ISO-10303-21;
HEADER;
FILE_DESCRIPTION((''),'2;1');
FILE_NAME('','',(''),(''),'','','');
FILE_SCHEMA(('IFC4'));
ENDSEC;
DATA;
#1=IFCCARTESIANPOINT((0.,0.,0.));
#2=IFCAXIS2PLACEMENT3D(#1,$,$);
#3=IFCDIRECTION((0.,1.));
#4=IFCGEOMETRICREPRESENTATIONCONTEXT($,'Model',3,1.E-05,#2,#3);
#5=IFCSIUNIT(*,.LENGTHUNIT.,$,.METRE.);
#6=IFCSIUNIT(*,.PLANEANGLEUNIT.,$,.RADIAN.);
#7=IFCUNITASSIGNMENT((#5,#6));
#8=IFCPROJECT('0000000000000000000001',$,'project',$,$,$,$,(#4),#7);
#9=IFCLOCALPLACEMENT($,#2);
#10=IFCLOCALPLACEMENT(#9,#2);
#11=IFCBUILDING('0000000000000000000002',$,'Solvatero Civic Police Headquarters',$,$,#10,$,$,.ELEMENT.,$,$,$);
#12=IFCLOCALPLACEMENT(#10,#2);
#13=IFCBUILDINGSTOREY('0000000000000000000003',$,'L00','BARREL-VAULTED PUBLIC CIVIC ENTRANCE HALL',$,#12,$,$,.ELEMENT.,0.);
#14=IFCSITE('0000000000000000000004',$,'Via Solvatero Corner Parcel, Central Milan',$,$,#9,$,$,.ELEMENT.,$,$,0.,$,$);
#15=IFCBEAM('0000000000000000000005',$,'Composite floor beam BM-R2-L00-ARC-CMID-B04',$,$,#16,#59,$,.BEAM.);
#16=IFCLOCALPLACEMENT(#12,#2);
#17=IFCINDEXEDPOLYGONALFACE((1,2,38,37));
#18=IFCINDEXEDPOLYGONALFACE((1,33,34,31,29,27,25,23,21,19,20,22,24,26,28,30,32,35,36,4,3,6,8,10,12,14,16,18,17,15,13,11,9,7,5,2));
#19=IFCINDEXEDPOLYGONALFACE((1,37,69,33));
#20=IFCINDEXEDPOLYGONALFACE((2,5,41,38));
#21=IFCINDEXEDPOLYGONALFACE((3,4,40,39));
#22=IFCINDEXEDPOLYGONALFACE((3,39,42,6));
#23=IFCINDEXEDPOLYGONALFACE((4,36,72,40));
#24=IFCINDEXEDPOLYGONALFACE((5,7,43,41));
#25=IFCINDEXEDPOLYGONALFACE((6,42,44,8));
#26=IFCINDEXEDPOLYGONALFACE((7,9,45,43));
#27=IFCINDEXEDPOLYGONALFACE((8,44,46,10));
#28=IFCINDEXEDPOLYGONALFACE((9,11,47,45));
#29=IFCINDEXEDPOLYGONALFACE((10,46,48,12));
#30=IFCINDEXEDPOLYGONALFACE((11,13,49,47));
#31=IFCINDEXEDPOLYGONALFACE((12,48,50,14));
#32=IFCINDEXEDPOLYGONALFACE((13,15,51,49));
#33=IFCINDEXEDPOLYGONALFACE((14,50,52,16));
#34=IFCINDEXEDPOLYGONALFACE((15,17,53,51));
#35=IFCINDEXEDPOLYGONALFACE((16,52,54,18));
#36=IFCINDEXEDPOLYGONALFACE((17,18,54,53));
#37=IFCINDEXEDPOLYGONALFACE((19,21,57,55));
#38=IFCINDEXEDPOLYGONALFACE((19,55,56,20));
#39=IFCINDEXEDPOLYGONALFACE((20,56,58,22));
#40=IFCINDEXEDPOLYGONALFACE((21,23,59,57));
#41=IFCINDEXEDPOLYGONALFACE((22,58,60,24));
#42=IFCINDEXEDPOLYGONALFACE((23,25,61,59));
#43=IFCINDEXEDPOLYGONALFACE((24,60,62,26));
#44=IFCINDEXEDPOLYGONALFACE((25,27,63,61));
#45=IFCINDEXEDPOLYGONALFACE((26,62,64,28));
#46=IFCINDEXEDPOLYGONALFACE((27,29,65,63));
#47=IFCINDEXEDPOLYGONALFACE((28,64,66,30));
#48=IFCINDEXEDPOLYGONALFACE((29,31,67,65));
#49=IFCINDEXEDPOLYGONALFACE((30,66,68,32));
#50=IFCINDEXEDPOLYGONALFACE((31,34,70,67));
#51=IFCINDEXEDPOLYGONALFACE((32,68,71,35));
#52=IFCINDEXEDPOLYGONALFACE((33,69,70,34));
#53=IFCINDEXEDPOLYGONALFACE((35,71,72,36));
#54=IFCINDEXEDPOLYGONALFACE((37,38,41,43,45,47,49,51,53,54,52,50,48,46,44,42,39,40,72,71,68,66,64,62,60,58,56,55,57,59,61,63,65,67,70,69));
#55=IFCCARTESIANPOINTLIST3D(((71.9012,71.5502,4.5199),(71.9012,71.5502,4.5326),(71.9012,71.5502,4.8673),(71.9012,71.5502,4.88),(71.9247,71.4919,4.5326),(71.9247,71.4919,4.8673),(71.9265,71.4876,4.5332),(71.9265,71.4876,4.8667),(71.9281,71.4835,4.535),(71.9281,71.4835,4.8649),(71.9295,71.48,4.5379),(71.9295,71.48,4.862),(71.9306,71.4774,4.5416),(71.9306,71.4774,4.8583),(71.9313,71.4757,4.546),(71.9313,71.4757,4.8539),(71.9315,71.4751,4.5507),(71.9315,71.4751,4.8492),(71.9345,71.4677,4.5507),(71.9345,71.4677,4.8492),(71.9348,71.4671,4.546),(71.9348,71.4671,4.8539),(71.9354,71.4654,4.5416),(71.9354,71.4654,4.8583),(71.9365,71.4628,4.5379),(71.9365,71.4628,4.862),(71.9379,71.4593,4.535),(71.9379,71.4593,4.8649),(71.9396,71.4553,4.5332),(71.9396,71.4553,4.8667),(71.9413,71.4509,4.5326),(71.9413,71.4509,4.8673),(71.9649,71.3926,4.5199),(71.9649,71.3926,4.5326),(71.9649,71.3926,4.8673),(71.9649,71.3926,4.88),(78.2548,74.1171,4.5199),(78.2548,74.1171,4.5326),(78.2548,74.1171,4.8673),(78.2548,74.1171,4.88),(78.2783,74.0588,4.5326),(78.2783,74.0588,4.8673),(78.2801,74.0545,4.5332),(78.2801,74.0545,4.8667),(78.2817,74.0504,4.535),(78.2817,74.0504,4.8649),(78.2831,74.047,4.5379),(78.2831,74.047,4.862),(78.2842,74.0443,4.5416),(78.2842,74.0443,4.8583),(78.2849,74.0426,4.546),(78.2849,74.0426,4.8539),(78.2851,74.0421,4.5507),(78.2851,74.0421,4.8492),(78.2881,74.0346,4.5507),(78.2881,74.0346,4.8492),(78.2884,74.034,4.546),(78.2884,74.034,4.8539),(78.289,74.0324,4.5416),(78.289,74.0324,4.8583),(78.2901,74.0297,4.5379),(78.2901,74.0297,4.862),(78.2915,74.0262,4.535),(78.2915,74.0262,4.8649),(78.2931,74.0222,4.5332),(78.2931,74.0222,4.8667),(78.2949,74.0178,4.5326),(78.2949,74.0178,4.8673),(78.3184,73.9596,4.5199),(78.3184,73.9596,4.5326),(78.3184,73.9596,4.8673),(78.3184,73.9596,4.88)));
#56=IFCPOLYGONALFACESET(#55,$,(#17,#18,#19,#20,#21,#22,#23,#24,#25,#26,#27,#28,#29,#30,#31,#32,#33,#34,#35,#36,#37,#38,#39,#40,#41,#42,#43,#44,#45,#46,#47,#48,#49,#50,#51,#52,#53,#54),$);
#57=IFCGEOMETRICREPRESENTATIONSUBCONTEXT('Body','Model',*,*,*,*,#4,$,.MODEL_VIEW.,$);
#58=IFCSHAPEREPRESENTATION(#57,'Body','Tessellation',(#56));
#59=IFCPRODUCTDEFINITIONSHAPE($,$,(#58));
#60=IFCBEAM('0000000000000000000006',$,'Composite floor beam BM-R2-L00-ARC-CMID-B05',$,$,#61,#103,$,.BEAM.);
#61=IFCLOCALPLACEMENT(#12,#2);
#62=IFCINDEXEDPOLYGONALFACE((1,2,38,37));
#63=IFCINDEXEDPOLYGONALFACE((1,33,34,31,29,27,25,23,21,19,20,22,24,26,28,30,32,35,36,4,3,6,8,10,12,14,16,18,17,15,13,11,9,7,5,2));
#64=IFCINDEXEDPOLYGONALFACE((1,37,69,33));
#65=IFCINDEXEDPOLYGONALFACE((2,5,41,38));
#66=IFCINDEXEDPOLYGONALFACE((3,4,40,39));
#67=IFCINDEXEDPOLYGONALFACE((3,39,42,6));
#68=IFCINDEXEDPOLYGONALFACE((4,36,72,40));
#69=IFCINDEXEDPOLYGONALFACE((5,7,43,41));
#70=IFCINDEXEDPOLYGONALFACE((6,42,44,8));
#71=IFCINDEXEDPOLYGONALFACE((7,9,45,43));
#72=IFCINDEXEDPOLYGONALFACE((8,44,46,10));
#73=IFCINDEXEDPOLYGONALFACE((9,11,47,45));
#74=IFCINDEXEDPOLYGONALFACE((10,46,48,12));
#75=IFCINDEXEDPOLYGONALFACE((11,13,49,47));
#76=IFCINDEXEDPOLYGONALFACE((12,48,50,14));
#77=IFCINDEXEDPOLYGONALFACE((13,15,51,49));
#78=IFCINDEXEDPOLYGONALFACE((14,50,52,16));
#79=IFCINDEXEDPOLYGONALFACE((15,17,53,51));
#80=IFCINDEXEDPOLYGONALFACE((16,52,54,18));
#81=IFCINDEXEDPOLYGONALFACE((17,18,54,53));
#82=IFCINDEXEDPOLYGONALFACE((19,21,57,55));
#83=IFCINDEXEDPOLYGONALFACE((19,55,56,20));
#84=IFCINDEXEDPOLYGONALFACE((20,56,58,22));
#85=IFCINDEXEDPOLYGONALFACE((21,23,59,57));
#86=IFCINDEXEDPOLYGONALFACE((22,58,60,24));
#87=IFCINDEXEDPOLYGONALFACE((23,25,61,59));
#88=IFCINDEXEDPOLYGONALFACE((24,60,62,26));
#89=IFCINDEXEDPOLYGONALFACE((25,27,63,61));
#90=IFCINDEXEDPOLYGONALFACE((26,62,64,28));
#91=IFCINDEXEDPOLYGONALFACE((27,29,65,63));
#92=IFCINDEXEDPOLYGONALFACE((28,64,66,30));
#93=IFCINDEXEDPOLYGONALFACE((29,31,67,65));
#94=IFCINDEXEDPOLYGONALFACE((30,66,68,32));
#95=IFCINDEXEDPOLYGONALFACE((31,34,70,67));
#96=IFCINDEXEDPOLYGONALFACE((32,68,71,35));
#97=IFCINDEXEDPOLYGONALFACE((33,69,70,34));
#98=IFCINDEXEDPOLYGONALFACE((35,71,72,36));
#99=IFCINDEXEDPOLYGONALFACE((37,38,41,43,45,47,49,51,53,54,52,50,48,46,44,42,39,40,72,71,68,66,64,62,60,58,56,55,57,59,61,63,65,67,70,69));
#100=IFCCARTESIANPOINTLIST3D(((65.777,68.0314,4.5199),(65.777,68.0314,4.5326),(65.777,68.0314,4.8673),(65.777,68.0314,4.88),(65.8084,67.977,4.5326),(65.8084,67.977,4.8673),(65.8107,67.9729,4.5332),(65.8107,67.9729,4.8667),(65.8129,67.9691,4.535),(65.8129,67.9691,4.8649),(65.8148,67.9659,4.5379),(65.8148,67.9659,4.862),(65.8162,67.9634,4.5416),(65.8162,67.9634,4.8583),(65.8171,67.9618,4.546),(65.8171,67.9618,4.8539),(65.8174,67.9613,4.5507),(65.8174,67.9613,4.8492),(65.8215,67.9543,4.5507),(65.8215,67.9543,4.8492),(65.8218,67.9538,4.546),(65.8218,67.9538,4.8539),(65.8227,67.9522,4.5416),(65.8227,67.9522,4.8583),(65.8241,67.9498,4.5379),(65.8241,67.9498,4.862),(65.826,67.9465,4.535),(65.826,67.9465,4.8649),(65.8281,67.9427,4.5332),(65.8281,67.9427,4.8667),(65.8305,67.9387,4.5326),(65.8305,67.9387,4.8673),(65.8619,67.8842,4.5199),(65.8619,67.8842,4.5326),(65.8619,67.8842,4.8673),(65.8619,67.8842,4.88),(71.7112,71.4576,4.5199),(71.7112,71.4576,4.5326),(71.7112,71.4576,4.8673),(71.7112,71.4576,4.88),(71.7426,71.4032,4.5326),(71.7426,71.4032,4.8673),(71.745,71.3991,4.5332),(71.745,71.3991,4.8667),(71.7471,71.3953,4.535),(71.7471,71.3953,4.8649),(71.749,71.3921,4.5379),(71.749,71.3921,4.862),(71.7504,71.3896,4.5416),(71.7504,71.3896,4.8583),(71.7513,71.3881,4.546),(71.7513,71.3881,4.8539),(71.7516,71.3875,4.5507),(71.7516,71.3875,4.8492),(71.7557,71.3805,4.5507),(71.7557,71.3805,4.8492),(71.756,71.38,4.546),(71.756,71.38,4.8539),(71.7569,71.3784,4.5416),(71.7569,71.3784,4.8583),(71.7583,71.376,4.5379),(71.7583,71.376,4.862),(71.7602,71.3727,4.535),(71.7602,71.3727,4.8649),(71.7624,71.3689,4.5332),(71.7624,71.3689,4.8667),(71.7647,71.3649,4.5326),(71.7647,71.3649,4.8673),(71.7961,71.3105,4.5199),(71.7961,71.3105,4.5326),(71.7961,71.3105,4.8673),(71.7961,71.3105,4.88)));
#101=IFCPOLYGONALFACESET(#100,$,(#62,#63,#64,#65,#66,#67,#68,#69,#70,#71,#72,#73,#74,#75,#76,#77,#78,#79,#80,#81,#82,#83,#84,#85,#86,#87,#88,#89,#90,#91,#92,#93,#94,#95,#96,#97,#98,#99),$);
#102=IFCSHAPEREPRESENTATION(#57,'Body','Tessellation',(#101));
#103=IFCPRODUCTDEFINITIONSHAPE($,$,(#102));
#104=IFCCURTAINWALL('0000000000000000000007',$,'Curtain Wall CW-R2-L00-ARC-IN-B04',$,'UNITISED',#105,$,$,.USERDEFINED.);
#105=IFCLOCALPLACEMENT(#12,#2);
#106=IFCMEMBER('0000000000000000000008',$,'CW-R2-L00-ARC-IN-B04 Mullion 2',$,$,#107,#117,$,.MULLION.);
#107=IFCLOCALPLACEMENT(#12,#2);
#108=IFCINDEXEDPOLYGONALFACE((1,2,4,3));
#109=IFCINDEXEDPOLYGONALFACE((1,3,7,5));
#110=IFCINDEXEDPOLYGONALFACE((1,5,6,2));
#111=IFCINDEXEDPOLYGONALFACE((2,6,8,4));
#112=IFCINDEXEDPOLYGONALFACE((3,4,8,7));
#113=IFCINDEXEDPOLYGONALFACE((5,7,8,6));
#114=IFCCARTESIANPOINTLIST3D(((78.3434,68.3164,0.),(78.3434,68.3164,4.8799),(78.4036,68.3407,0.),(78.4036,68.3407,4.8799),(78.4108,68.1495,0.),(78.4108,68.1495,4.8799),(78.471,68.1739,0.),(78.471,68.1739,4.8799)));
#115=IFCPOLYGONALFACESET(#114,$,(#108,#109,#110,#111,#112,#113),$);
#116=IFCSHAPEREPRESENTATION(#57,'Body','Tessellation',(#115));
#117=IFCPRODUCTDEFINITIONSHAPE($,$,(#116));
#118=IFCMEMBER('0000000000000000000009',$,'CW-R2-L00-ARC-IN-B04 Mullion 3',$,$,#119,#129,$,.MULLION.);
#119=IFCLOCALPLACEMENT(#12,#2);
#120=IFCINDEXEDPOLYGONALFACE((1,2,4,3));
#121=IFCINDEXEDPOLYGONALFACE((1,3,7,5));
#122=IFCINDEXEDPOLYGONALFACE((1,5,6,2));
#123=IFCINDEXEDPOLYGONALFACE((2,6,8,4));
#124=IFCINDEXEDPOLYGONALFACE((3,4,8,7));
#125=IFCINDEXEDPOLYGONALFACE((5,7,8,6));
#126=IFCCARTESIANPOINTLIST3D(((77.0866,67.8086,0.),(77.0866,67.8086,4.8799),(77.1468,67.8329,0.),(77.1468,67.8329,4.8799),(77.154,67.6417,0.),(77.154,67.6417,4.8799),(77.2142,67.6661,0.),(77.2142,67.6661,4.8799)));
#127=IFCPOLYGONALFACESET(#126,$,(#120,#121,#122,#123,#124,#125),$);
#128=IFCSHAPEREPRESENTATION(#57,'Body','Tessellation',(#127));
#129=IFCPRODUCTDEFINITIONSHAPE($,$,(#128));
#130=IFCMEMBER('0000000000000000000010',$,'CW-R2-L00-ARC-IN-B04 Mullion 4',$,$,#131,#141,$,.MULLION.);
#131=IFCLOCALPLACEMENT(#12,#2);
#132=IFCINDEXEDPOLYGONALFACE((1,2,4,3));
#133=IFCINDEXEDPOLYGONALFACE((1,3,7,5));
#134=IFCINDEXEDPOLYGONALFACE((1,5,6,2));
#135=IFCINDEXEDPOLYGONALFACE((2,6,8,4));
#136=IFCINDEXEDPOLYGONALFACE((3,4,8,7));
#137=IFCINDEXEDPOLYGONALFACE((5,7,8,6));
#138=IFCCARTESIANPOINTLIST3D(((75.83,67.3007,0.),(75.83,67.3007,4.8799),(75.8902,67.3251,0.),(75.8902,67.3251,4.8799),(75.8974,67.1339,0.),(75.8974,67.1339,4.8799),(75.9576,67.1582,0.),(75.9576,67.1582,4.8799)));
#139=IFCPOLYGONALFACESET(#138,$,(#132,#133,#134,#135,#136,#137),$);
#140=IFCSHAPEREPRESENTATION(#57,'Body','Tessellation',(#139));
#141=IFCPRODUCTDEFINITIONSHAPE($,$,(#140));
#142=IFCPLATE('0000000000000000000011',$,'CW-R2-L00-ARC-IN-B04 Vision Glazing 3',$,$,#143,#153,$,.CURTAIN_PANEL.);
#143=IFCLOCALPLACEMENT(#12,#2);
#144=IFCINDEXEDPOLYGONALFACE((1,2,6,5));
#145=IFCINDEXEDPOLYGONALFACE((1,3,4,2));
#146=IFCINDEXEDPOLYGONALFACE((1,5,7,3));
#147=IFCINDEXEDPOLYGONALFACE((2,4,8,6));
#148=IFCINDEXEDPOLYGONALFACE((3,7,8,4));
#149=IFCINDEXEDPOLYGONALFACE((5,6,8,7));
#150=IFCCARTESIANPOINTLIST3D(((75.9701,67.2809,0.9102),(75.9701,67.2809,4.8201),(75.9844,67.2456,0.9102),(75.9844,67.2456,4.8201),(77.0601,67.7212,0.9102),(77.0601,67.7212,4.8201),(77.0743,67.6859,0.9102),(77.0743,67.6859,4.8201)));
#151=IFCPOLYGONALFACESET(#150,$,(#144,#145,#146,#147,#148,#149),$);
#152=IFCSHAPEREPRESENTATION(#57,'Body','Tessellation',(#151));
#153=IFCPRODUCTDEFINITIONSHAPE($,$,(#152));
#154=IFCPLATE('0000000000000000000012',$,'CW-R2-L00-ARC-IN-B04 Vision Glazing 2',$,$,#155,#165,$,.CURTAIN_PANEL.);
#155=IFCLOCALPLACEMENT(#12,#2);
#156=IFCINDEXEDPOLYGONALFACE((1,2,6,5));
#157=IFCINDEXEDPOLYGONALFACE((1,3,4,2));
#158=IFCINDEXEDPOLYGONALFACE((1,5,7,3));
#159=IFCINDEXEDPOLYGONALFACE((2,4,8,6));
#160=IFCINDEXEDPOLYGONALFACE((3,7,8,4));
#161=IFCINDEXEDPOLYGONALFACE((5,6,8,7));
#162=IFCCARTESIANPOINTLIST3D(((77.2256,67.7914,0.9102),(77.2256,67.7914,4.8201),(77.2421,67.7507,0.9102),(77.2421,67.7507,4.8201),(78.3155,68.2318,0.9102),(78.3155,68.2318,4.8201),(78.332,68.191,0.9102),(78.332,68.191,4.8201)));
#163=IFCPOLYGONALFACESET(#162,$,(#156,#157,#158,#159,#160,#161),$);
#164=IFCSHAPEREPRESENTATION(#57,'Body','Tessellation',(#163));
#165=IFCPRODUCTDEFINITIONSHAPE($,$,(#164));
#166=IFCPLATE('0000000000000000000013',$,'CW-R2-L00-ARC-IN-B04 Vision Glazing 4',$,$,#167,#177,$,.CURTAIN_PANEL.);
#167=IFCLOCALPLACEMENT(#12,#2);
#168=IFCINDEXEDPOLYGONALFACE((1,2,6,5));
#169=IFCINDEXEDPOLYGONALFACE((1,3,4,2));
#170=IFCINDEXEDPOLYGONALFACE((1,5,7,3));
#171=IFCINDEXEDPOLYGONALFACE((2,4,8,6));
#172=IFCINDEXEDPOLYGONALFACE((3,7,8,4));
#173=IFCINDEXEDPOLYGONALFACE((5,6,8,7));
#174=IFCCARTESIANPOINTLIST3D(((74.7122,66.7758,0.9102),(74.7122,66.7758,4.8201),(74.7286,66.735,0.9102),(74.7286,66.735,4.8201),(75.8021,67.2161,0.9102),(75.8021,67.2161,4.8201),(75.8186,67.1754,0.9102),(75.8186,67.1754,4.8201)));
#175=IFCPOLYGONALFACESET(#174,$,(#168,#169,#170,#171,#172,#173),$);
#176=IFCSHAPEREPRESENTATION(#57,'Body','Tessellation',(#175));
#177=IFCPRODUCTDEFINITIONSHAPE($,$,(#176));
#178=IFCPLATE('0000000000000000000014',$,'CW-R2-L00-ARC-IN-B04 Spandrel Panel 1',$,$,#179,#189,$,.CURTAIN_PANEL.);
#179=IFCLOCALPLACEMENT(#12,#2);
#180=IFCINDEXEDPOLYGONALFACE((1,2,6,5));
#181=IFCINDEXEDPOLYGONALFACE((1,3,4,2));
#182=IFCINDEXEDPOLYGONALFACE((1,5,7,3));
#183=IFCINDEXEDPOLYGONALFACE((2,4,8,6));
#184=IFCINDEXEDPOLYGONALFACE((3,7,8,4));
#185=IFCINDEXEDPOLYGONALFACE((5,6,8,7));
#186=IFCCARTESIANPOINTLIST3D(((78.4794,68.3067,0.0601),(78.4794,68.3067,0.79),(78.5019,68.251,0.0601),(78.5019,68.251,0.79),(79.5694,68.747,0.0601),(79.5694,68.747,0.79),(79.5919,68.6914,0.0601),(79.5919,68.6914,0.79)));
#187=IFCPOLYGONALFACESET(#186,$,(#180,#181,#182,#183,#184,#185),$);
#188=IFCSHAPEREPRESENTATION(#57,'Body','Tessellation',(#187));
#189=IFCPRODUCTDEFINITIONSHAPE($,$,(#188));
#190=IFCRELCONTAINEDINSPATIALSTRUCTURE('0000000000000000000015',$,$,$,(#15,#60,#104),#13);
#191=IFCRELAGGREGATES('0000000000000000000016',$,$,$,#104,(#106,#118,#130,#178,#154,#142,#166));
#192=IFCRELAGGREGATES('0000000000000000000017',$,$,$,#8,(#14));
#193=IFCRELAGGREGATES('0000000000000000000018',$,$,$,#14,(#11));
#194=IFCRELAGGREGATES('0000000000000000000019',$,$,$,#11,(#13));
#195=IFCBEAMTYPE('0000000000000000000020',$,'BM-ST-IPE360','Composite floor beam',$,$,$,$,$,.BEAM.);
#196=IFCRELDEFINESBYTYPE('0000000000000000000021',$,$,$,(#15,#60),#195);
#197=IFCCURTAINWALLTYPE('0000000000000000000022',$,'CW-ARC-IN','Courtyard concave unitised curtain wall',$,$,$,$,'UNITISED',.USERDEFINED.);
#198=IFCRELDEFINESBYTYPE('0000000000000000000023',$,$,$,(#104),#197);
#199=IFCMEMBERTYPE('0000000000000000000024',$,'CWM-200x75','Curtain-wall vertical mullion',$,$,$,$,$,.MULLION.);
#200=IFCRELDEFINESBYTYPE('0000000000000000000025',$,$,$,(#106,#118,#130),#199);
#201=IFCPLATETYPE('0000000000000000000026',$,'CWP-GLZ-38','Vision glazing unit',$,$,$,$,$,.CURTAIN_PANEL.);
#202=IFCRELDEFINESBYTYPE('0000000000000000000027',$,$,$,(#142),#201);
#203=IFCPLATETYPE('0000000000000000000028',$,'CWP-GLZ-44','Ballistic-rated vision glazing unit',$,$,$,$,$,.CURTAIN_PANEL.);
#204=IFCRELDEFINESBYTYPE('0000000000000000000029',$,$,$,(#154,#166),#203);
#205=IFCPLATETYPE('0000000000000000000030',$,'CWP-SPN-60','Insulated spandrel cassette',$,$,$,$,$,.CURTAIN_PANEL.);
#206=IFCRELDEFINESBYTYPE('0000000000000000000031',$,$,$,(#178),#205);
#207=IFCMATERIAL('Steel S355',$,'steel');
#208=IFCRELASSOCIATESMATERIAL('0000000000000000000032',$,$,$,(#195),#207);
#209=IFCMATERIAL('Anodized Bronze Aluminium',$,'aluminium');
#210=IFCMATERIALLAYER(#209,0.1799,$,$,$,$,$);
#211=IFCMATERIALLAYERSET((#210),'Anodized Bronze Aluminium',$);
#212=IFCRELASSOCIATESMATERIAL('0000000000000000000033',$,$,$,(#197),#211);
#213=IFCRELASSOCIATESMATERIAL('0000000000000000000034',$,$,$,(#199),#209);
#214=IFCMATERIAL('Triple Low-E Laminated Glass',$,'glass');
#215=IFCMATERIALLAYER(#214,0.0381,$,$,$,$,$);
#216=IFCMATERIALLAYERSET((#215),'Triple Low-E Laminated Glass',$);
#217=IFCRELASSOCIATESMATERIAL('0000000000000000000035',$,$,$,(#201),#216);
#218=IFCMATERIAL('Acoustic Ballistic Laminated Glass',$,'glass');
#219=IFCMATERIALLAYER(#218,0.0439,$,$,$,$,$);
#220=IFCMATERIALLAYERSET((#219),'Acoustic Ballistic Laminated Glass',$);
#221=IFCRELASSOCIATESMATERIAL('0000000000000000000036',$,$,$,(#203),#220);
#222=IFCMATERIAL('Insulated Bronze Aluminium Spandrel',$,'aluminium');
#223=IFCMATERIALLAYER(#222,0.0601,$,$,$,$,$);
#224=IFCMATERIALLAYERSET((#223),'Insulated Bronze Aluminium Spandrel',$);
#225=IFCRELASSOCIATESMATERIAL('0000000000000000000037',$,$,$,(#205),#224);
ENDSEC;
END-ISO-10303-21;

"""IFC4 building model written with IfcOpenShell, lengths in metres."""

from ifc_helpers import new_model, si_unit, direction, frame, origin, origin_2d, place, context, subcontext, project, spatial, rectangle, i_section, extrude, material, layer, layer_set, material_profile, profile_set, type_object, element, aggregate, save


model = new_model("IFC4")

# Units and contexts
model_context = context("Model", 3, precision=1e-05, world=origin(), true_north=direction((0.0, 1.0)))
body_context = subcontext(model_context, "Body", "Model", "MODEL_VIEW")
ifc_project = project(units=[si_unit("LENGTHUNIT", "METRE"), si_unit("PLANEANGLEUNIT", "RADIAN")], contexts=[model_context])

# Site, building, storey
site_placement = place(None, origin())
site = spatial("IfcSite", under=ifc_project, at=site_placement, Name="Via Solvatero Corner Parcel, Central Milan", CompositionType="ELEMENT", RefElevation=0.0)
building_placement = place(site_placement, origin())
building = spatial("IfcBuilding", under=site, at=building_placement, Name="Solvatero Civic Police Headquarters", CompositionType="ELEMENT")
storey_placement = place(building_placement, origin())
storey = spatial("IfcBuildingStorey", under=building, at=storey_placement, Name="L00", Description="BARREL-VAULTED PUBLIC CIVIC ENTRANCE HALL", CompositionType="ELEMENT", Elevation=0.0)

# Beams
ifc_material_1 = material(Name="Steel S355", Category="steel")
ifc_material_profile_1 = material_profile(ifc_material_1, i_section(OverallWidth=0.1699, OverallDepth=0.3601, WebThickness=0.0081, FlangeThickness=0.0127, FilletRadius=0.0181, at=origin_2d()), Name="IPE 360")
ifc_profile_set_1 = profile_set([ifc_material_profile_1], Name="Steel S355")
beam_type_1 = type_object("IfcBeamType", Name="BM-ST-IPE360", Description="Composite floor beam", PredefinedType="BEAM", material=ifc_profile_set_1)
beam_1_placement = place(storey_placement, frame((78.2866, 74.0383, 4.7), z_axis=(-0.927189, -0.374595, 0.0), x_axis=(0.374595, -0.927189, 0.0)))
element("IfcBeam", 1, at=beam_1_placement, inside=storey, type_object=beam_type_1, Name="Composite floor beam BM-R2-L00-ARC-CMID-B04", PredefinedType="BEAM", context=body_context, shape_type="SweptSolid", body=[
    extrude(i_section(OverallWidth=0.1699, OverallDepth=0.3601, WebThickness=0.0081, FlangeThickness=0.0127, FilletRadius=0.0181, at=origin_2d()), origin(), (0.0, 0.0, 1.0), 6.8525),
])
beam_2_placement = place(storey_placement, frame((71.7537, 71.384, 4.7), z_axis=(-0.86602, -0.500009, 0.0), x_axis=(0.500009, -0.86602, 0.0)))
element("IfcBeam", 2, at=beam_2_placement, inside=storey, type_object=beam_type_1, Name="Composite floor beam BM-R2-L00-ARC-CMID-B05", PredefinedType="BEAM", context=body_context, shape_type="SweptSolid", body=[
    extrude(i_section(OverallWidth=0.1699, OverallDepth=0.3601, WebThickness=0.0081, FlangeThickness=0.0127, FilletRadius=0.0181, at=origin_2d()), origin(), (0.0, 0.0, 1.0), 6.8523),
])

# Curtain wall, members, plates
ifc_material_2 = material(Name="Anodized Bronze Aluminium", Category="aluminium")
ifc_layer_1 = layer(ifc_material_2, 0.1799)
ifc_layer_set_1 = layer_set([ifc_layer_1], Name="Anodized Bronze Aluminium")
curtain_wall_type = type_object("IfcCurtainWallType", Name="CW-ARC-IN", Description="Courtyard concave unitised curtain wall", ElementType="UNITISED", PredefinedType="USERDEFINED", material=ifc_layer_set_1)
curtain_wall_placement = place(storey_placement, origin())
curtain_wall = element("IfcCurtainWall", 3, at=curtain_wall_placement, inside=storey, type_object=curtain_wall_type, Name="Curtain Wall CW-R2-L00-ARC-IN-B04", ObjectType="UNITISED", PredefinedType="USERDEFINED")
ifc_material_profile_2 = material_profile(ifc_material_2, rectangle(XDim=0.0649, YDim=0.1799, at=origin_2d()), Name="ALU MULLION 65x180")
ifc_profile_set_2 = profile_set([ifc_material_profile_2], Name="Anodized Bronze Aluminium")
member_type = type_object("IfcMemberType", Name="CWM-200x75", Description="Curtain-wall vertical mullion", PredefinedType="MULLION", material=ifc_profile_set_2)
member_1_placement = place(storey_placement, frame((78.4072, 68.2451, 0.0), z_axis=(0.0, 0.0, 1.0), x_axis=(-0.927184, -0.374607, 0.0)))
member_1 = element("IfcMember", 4, at=member_1_placement, type_object=member_type, Name="CW-R2-L00-ARC-IN-B04 Mullion 2", PredefinedType="MULLION", context=body_context, shape_type="SweptSolid", body=[
    extrude(rectangle(XDim=0.0649, YDim=0.1799, at=origin_2d()), origin(), (0.0, 0.0, 1.0), 4.8799),
])
member_2_placement = place(storey_placement, frame((77.1504, 67.7373, 0.0), z_axis=(0.0, 0.0, 1.0), x_axis=(-0.927184, -0.374607, 0.0)))
member_2 = element("IfcMember", 5, at=member_2_placement, type_object=member_type, Name="CW-R2-L00-ARC-IN-B04 Mullion 3", PredefinedType="MULLION", context=body_context, shape_type="SweptSolid", body=[
    extrude(rectangle(XDim=0.0649, YDim=0.1799, at=origin_2d()), origin(), (0.0, 0.0, 1.0), 4.8799),
])
member_3_placement = place(storey_placement, frame((75.8938, 67.2295, 0.0), z_axis=(0.0, 0.0, 1.0), x_axis=(-0.927184, -0.374607, 0.0)))
member_3 = element("IfcMember", 6, at=member_3_placement, type_object=member_type, Name="CW-R2-L00-ARC-IN-B04 Mullion 4", PredefinedType="MULLION", context=body_context, shape_type="SweptSolid", body=[
    extrude(rectangle(XDim=0.0649, YDim=0.1799, at=origin_2d()), origin(), (0.0, 0.0, 1.0), 4.8799),
])
ifc_material_3 = material(Name="Triple Low-E Laminated Glass", Category="glass")
ifc_layer_2 = layer(ifc_material_3, 0.0381)
ifc_layer_set_2 = layer_set([ifc_layer_2], Name="Triple Low-E Laminated Glass")
plate_type_1 = type_object("IfcPlateType", Name="CWP-GLZ-38", Description="Vision glazing unit", PredefinedType="CURTAIN_PANEL", material=ifc_layer_set_2)
plate_1_placement = place(storey_placement, frame((76.5222, 67.4834, 0.9102), z_axis=(0.0, 0.0, 1.0), x_axis=(-0.927184, -0.374607, 0.0)))
plate_1 = element("IfcPlate", 7, at=plate_1_placement, type_object=plate_type_1, Name="CW-R2-L00-ARC-IN-B04 Vision Glazing 3", PredefinedType="CURTAIN_PANEL", context=body_context, shape_type="SweptSolid", body=[
    extrude(rectangle(XDim=1.1755, YDim=0.0381, at=origin_2d()), origin(), (0.0, 0.0, 1.0), 3.9099),
])
ifc_material_4 = material(Name="Acoustic Ballistic Laminated Glass", Category="glass")
ifc_layer_3 = layer(ifc_material_4, 0.0439)
ifc_layer_set_3 = layer_set([ifc_layer_3], Name="Acoustic Ballistic Laminated Glass")
plate_type_2 = type_object("IfcPlateType", Name="CWP-GLZ-44", Description="Ballistic-rated vision glazing unit", PredefinedType="CURTAIN_PANEL", material=ifc_layer_set_3)
plate_2_placement = place(storey_placement, frame((77.7788, 67.9912, 0.9102), z_axis=(0.0, 0.0, 1.0), x_axis=(-0.927184, -0.374607, 0.0)))
plate_2 = element("IfcPlate", 8, at=plate_2_placement, type_object=plate_type_2, Name="CW-R2-L00-ARC-IN-B04 Vision Glazing 2", PredefinedType="CURTAIN_PANEL", context=body_context, shape_type="SweptSolid", body=[
    extrude(rectangle(XDim=1.1755, YDim=0.0439, at=origin_2d()), origin(), (0.0, 0.0, 1.0), 3.9099),
])
plate_3_placement = place(storey_placement, frame((75.2654, 66.9756, 0.9102), z_axis=(0.0, 0.0, 1.0), x_axis=(-0.927184, -0.374607, 0.0)))
plate_3 = element("IfcPlate", 9, at=plate_3_placement, type_object=plate_type_2, Name="CW-R2-L00-ARC-IN-B04 Vision Glazing 4", PredefinedType="CURTAIN_PANEL", context=body_context, shape_type="SweptSolid", body=[
    extrude(rectangle(XDim=1.1755, YDim=0.0439, at=origin_2d()), origin(), (0.0, 0.0, 1.0), 3.9099),
])
ifc_material_5 = material(Name="Insulated Bronze Aluminium Spandrel", Category="aluminium")
ifc_layer_4 = layer(ifc_material_5, 0.0601)
ifc_layer_set_4 = layer_set([ifc_layer_4], Name="Insulated Bronze Aluminium Spandrel")
plate_type_3 = type_object("IfcPlateType", Name="CWP-SPN-60", Description="Insulated spandrel cassette", PredefinedType="CURTAIN_PANEL", material=ifc_layer_set_4)
plate_4_placement = place(storey_placement, frame((79.0356, 68.499, 0.0601), z_axis=(0.0, 0.0, 1.0), x_axis=(-0.927184, -0.374607, 0.0)))
plate_4 = element("IfcPlate", 10, at=plate_4_placement, type_object=plate_type_3, Name="CW-R2-L00-ARC-IN-B04 Spandrel Panel 1", PredefinedType="CURTAIN_PANEL", context=body_context, shape_type="SweptSolid", body=[
    extrude(rectangle(XDim=1.1755, YDim=0.0601, at=origin_2d()), origin(), (0.0, 0.0, 1.0), 0.73),
])
aggregate(curtain_wall, [member_1, member_2, member_3, plate_4, plate_2, plate_1, plate_3])

save(model, "model.ifc")
